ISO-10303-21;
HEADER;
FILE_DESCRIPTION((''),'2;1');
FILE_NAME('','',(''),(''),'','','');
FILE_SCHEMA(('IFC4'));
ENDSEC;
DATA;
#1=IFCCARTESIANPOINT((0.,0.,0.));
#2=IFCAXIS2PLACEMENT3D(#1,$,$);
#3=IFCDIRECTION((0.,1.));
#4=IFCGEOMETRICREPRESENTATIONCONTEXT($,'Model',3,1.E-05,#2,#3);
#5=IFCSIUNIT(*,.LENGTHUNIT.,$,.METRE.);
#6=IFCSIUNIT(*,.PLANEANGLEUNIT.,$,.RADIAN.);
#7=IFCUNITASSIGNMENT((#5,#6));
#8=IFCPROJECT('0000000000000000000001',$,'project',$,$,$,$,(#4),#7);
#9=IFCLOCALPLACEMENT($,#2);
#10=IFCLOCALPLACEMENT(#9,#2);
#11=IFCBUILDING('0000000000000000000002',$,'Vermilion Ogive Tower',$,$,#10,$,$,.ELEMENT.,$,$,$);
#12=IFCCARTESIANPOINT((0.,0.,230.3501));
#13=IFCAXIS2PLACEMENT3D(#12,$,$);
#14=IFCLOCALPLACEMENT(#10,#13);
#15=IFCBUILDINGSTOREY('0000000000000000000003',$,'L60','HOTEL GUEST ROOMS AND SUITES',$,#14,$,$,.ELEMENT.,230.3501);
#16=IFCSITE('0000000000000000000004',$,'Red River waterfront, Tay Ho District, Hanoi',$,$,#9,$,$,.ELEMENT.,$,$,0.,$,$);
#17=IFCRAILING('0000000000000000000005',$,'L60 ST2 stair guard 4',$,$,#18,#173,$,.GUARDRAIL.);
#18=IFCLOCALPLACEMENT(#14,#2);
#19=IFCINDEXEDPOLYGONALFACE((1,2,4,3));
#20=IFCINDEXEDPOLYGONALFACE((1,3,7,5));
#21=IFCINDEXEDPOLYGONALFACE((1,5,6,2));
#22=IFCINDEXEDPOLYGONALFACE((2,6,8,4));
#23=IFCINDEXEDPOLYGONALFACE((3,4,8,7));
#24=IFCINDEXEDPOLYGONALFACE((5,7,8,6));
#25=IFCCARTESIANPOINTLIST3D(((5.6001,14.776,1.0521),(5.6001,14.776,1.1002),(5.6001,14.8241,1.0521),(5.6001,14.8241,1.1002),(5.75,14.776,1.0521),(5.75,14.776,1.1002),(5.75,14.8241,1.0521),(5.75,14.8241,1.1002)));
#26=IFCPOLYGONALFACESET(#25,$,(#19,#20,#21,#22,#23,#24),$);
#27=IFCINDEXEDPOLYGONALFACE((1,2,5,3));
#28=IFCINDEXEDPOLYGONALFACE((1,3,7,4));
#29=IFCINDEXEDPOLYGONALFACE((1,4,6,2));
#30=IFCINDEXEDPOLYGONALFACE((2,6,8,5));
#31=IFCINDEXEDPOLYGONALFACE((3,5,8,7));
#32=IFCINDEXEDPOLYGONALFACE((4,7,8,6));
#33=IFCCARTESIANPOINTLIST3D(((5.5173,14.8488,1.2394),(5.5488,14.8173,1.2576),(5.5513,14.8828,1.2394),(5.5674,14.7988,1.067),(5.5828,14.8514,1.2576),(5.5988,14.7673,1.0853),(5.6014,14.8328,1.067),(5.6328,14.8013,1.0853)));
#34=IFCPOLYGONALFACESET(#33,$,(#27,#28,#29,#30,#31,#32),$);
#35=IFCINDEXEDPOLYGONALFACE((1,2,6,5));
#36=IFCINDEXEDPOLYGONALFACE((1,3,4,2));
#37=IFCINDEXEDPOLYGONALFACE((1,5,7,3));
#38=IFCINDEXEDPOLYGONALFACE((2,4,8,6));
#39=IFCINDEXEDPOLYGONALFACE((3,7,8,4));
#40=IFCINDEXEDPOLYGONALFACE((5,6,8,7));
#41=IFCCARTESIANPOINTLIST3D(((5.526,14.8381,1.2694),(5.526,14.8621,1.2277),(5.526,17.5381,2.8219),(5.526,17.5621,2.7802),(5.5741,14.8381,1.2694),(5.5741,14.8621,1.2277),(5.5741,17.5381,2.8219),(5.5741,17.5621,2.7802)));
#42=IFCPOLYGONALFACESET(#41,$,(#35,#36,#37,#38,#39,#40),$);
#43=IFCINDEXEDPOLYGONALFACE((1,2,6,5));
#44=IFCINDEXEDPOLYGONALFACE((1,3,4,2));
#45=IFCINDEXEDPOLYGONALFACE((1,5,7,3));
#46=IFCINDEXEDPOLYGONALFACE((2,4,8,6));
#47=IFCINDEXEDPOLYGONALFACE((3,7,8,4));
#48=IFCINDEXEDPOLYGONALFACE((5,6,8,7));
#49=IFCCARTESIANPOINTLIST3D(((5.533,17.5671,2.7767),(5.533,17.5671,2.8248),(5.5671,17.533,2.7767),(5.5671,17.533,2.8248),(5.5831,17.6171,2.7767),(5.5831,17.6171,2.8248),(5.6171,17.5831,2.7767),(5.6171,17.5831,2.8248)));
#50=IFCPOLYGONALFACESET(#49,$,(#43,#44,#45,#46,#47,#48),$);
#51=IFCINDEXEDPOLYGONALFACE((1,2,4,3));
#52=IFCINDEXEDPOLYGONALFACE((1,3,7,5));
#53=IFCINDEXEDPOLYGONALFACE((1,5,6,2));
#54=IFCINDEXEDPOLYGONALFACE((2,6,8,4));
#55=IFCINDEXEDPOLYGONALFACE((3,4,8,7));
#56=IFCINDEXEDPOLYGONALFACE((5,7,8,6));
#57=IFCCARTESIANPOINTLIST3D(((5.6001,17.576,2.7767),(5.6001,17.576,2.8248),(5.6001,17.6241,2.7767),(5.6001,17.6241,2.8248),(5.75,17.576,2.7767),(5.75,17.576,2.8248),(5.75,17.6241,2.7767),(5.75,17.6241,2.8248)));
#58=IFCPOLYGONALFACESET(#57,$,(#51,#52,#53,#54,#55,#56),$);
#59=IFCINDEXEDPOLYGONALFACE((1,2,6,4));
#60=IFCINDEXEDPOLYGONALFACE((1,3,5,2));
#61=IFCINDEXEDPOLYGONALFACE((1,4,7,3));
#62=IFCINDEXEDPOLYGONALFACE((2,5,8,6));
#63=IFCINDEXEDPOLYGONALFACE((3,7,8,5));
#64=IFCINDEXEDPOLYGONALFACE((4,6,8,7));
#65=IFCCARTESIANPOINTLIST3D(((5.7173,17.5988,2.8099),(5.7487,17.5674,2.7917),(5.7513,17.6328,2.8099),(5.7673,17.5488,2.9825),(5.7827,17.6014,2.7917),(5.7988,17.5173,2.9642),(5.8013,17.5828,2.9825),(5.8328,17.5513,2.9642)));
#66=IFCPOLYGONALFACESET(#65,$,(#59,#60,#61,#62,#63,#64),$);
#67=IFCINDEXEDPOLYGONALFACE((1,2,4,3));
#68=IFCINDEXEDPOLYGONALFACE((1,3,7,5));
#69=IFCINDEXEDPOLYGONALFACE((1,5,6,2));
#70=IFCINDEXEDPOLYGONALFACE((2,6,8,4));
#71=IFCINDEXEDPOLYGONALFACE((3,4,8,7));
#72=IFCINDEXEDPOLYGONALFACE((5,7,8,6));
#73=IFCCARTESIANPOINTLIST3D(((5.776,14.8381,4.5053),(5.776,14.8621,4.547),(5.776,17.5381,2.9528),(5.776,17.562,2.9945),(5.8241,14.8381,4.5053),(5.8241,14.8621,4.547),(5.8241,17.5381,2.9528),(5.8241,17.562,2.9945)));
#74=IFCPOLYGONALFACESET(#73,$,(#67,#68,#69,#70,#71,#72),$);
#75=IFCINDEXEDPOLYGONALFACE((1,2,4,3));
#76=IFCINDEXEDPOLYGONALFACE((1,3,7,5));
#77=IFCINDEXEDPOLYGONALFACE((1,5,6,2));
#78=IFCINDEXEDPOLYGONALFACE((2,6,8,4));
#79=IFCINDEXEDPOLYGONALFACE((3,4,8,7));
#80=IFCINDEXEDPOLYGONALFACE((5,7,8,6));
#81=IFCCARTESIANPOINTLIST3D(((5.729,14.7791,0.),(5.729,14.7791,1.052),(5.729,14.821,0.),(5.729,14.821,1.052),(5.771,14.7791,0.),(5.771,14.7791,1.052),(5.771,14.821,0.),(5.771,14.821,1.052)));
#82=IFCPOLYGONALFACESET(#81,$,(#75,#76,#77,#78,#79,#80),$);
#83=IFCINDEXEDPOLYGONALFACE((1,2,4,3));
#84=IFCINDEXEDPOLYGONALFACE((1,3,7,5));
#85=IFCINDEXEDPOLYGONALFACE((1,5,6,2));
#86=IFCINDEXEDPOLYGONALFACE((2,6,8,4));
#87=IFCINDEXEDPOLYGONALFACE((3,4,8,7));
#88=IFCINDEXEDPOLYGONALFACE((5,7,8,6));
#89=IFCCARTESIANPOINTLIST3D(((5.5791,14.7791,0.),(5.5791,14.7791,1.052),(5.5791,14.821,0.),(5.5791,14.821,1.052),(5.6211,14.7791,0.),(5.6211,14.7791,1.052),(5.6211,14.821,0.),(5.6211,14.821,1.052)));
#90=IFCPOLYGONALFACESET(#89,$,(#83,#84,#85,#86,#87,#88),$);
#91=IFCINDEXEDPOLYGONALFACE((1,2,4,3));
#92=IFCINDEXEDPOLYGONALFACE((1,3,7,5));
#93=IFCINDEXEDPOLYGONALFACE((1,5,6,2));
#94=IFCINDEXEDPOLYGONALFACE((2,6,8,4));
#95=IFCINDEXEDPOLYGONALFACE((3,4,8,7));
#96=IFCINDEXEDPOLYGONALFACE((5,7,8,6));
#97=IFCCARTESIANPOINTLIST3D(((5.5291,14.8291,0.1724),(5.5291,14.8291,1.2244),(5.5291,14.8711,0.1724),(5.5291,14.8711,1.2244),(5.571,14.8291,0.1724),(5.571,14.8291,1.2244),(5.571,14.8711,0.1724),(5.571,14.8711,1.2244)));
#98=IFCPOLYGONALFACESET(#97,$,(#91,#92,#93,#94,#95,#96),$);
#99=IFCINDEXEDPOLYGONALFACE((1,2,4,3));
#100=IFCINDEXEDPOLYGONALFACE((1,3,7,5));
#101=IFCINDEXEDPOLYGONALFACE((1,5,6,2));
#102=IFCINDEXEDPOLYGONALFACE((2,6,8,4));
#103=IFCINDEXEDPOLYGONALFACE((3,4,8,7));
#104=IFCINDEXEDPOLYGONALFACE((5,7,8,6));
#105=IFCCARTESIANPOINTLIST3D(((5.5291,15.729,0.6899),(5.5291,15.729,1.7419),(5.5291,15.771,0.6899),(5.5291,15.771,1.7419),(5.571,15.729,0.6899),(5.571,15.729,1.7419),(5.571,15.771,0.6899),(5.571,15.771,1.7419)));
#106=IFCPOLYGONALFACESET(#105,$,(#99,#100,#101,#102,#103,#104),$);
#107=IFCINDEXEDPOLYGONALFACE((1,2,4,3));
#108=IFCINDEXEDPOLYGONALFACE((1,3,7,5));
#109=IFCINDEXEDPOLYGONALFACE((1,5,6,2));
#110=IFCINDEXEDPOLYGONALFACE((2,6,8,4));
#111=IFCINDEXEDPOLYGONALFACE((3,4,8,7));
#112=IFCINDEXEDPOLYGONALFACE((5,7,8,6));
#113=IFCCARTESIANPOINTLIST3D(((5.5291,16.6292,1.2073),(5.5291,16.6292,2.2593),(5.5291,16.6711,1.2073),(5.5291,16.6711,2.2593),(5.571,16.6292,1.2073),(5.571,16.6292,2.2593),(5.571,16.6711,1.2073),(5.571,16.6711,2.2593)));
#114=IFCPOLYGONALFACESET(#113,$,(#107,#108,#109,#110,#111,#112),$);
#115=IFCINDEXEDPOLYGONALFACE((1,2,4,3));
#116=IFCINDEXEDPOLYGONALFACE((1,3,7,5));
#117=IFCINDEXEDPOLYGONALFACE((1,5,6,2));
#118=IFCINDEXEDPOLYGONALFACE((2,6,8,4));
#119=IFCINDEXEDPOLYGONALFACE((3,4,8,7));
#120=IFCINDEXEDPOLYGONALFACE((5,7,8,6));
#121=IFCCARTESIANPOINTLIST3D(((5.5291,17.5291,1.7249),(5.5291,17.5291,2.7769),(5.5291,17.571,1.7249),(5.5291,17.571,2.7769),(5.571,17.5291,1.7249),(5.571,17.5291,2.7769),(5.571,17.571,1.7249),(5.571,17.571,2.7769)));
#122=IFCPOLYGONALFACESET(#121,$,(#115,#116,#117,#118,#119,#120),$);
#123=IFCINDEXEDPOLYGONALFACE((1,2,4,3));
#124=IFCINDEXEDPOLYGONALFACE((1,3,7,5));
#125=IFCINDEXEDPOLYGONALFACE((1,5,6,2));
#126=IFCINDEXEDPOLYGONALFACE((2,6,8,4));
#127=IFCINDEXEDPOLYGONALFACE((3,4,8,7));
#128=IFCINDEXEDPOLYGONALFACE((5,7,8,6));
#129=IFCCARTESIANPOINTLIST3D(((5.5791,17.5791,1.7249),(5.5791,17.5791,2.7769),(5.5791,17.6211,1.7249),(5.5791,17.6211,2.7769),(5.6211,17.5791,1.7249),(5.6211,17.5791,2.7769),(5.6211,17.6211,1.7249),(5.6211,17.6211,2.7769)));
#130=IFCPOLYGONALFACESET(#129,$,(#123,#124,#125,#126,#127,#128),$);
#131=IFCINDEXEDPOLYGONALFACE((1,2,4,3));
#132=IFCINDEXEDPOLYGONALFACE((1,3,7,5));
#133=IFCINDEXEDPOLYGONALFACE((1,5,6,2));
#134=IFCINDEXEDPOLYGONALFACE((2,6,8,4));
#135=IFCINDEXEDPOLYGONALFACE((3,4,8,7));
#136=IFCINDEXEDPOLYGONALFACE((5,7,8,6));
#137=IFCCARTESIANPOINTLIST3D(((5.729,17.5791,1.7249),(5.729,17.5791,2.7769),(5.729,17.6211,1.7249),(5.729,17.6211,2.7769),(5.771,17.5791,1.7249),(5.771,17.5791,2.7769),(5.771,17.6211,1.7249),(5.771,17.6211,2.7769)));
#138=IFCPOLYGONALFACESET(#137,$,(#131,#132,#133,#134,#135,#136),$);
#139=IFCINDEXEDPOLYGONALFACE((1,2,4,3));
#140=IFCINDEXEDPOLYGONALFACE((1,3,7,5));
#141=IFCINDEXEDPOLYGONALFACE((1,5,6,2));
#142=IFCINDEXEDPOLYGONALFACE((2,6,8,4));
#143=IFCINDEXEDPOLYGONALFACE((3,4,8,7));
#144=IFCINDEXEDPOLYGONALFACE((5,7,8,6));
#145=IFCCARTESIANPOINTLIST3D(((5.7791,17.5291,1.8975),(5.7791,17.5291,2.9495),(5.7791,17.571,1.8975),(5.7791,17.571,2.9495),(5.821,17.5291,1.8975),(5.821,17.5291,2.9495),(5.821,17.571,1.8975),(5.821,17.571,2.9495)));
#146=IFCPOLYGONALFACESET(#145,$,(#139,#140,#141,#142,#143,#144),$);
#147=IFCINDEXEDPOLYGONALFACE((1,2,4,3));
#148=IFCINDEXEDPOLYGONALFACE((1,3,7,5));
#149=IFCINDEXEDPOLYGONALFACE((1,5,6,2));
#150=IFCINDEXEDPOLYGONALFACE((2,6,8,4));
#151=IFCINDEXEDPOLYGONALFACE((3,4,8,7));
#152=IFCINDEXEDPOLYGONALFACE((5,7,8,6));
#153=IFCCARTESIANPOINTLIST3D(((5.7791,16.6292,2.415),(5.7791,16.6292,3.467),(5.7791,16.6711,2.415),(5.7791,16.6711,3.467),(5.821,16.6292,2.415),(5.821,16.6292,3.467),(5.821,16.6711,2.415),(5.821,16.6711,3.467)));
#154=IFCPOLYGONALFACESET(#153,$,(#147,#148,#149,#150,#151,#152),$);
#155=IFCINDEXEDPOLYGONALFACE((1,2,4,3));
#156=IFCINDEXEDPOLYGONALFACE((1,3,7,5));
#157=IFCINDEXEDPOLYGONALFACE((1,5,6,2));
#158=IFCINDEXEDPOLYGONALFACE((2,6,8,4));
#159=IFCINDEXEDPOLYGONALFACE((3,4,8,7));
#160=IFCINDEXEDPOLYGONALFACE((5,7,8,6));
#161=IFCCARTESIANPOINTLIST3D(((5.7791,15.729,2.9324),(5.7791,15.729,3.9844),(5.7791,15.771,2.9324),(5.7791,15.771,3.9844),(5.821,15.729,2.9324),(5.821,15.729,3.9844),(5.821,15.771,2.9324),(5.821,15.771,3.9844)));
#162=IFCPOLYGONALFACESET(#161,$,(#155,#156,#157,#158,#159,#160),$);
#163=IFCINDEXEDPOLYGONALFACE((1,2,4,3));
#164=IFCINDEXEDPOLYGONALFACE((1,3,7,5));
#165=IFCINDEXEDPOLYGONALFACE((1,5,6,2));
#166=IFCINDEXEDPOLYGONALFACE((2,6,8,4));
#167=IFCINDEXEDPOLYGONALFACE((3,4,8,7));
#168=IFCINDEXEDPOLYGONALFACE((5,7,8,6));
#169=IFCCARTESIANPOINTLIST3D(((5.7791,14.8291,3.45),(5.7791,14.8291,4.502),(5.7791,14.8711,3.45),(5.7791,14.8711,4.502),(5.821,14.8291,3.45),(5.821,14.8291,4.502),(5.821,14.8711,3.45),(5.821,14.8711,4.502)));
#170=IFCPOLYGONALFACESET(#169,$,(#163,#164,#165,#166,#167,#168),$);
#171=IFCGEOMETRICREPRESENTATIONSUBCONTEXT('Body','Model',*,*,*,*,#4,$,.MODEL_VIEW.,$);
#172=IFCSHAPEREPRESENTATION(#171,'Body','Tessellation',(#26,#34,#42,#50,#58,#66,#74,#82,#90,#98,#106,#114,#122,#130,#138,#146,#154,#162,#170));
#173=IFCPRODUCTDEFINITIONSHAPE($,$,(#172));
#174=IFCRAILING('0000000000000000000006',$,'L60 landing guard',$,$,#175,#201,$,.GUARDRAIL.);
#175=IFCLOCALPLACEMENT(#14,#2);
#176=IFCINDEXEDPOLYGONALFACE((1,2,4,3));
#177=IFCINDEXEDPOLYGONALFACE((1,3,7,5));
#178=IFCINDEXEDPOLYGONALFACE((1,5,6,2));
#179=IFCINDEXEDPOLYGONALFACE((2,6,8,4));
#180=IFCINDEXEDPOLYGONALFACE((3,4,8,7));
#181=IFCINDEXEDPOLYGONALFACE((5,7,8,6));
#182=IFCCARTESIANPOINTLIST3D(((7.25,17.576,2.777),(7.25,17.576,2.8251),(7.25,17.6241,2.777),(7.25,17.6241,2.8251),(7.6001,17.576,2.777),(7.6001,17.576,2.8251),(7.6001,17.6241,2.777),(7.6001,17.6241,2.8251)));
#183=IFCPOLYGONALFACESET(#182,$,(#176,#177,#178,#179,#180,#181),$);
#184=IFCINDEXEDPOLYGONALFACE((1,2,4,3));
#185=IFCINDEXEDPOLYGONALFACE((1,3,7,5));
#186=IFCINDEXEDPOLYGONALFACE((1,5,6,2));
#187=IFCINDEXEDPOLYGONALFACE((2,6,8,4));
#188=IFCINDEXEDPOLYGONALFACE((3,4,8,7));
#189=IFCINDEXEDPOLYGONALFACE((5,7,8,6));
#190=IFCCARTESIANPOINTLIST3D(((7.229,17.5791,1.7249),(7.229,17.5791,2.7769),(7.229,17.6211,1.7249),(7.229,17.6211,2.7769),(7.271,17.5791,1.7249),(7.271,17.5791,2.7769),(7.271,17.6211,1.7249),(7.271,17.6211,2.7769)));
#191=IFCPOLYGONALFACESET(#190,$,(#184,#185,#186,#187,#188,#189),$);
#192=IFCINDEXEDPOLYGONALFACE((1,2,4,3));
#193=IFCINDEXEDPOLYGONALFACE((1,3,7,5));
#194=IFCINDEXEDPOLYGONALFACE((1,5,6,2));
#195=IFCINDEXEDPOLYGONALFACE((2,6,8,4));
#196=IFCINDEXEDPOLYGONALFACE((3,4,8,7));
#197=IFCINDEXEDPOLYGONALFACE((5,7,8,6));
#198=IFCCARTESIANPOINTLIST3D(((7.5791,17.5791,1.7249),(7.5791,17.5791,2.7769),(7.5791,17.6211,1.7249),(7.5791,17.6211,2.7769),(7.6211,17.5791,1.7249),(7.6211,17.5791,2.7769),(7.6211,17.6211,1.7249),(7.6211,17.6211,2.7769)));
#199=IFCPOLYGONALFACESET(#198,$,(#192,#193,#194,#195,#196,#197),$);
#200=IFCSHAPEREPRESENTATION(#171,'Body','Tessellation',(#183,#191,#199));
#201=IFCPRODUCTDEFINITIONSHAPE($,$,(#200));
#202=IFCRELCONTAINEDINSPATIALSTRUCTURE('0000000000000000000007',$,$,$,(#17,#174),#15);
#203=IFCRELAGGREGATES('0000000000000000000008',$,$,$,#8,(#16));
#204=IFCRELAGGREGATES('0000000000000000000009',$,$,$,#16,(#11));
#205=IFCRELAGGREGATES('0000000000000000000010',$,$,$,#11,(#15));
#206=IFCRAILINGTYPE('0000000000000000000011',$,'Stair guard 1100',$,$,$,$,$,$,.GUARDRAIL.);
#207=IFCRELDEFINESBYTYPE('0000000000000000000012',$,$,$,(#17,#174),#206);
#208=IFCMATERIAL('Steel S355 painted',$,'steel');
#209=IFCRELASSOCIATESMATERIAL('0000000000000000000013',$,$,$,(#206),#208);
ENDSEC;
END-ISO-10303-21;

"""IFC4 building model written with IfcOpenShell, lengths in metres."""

from ifc_helpers import new_model, si_unit, direction, frame, origin, origin_2d, place, context, subcontext, project, spatial, rectangle, extrude, material, type_object, element, save


model = new_model("IFC4")

# Units and contexts
model_context = context("Model", 3, precision=1e-05, world=origin(), true_north=direction((0.0, 1.0)))
body_context = subcontext(model_context, "Body", "Model", "MODEL_VIEW")
ifc_project = project(units=[si_unit("LENGTHUNIT", "METRE"), si_unit("PLANEANGLEUNIT", "RADIAN")], contexts=[model_context])

# Site, building, storey
site_placement = place(None, origin())
site = spatial("IfcSite", under=ifc_project, at=site_placement, Name="Red River waterfront, Tay Ho District, Hanoi", CompositionType="ELEMENT", RefElevation=0.0)
building_placement = place(site_placement, origin())
building = spatial("IfcBuilding", under=site, at=building_placement, Name="Vermilion Ogive Tower", CompositionType="ELEMENT")
storey_placement = place(building_placement, frame((0.0, 0.0, 230.3501)))
storey = spatial("IfcBuildingStorey", under=building, at=storey_placement, Name="L60", Description="HOTEL GUEST ROOMS AND SUITES", CompositionType="ELEMENT", Elevation=230.3501)

# Railings
ifc_material_1 = material(Name="Steel S355 painted", Category="steel")
railing_type_1 = type_object("IfcRailingType", Name="Stair guard 1100", PredefinedType="GUARDRAIL", material=ifc_material_1)
railing_1_placement = place(storey_placement, frame((5.75, 14.8, 0.0)))
element("IfcRailing", 1, at=railing_1_placement, inside=storey, type_object=railing_type_1, Name="L60 ST2 stair guard 4", PredefinedType="GUARDRAIL", context=body_context, shape_type="SweptSolid", body=[
    extrude(rectangle(XDim=0.0481, YDim=0.0481, at=origin_2d()), frame((0.0, 0.0, 1.0762), z_axis=(-1.0, 0.0, 0.0), x_axis=(0.0, -1.0, 0.0)), (0.0, 0.0, 1.0), 0.1499),
    extrude(rectangle(XDim=0.0481, YDim=0.0481, at=origin_2d()), frame((-0.1499, 0.0, 1.0762), z_axis=(-0.268603, 0.268603, 0.925043), x_axis=(-0.707107, -0.707107, 0.0)), (0.0, 0.0, 1.0), 0.1863),
    extrude(rectangle(XDim=0.0481, YDim=0.0481, at=origin_2d()), frame((-0.2, 0.05, 1.2485), z_axis=(0.0, 0.866904, 0.498476), x_axis=(-1.0, 0.0, 0.0)), (0.0, 0.0, 1.0), 3.1145),
    extrude(rectangle(XDim=0.0481, YDim=0.0481, at=origin_2d()), frame((-0.2, 2.75, 2.8008), z_axis=(0.707107, 0.707107, 0.0), x_axis=(-0.707107, 0.707107, 0.0)), (0.0, 0.0, 1.0), 0.0708),
    extrude(rectangle(XDim=0.0481, YDim=0.0481, at=origin_2d()), frame((-0.1499, 2.8, 2.8008), z_axis=(1.0, 0.0, 0.0), x_axis=(0.0, 1.0, 0.0)), (0.0, 0.0, 1.0), 0.1499),
    extrude(rectangle(XDim=0.0481, YDim=0.0481, at=origin_2d()), frame((0.0, 2.8, 2.8008), z_axis=(0.268278, -0.268278, 0.925232), x_axis=(0.707107, 0.707107, 0.0)), (0.0, 0.0, 1.0), 0.1865),
    extrude(rectangle(XDim=0.0481, YDim=0.0481, at=origin_2d()), frame((0.05, 2.75, 2.9736), z_axis=(0.0, -0.866904, 0.498476), x_axis=(1.0, 0.0, 0.0)), (0.0, 0.0, 1.0), 3.1145),
    extrude(rectangle(XDim=0.042, YDim=0.042, at=origin_2d()), origin(), (0.0, 0.0, 1.0), 1.052),
    extrude(rectangle(XDim=0.042, YDim=0.042, at=origin_2d()), frame((-0.1499, 0.0, 0.0)), (0.0, 0.0, 1.0), 1.052),
    extrude(rectangle(XDim=0.042, YDim=0.042, at=origin_2d()), frame((-0.2, 0.05, 0.1724)), (0.0, 0.0, 1.0), 1.052),
    extrude(rectangle(XDim=0.042, YDim=0.042, at=origin_2d()), frame((-0.2, 0.95, 0.6899)), (0.0, 0.0, 1.0), 1.052),
    extrude(rectangle(XDim=0.042, YDim=0.042, at=origin_2d()), frame((-0.2, 1.8501, 1.2073)), (0.0, 0.0, 1.0), 1.052),
    extrude(rectangle(XDim=0.042, YDim=0.042, at=origin_2d()), frame((-0.2, 2.75, 1.7249)), (0.0, 0.0, 1.0), 1.052),
    extrude(rectangle(XDim=0.042, YDim=0.042, at=origin_2d()), frame((-0.1499, 2.8, 1.7249)), (0.0, 0.0, 1.0), 1.052),
    extrude(rectangle(XDim=0.042, YDim=0.042, at=origin_2d()), frame((0.0, 2.8, 1.7249)), (0.0, 0.0, 1.0), 1.052),
    extrude(rectangle(XDim=0.042, YDim=0.042, at=origin_2d()), frame((0.05, 2.75, 1.8975)), (0.0, 0.0, 1.0), 1.052),
    extrude(rectangle(XDim=0.042, YDim=0.042, at=origin_2d()), frame((0.05, 1.8501, 2.415)), (0.0, 0.0, 1.0), 1.052),
    extrude(rectangle(XDim=0.042, YDim=0.042, at=origin_2d()), frame((0.05, 0.95, 2.9324)), (0.0, 0.0, 1.0), 1.052),
    extrude(rectangle(XDim=0.042, YDim=0.042, at=origin_2d()), frame((0.05, 0.05, 3.45)), (0.0, 0.0, 1.0), 1.052),
])
railing_2_placement = place(storey_placement, frame((7.25, 17.6001, 1.7249)))
element("IfcRailing", 2, at=railing_2_placement, inside=storey, type_object=railing_type_1, Name="L60 landing guard", PredefinedType="GUARDRAIL", context=body_context, shape_type="SweptSolid", body=[
    extrude(rectangle(XDim=0.0481, YDim=0.0481, at=origin_2d()), frame((0.0, 0.0, 1.0762), z_axis=(1.0, 0.0, 0.0), x_axis=(0.0, 1.0, 0.0)), (0.0, 0.0, 1.0), 0.3501),
    extrude(rectangle(XDim=0.042, YDim=0.042, at=origin_2d()), origin(), (0.0, 0.0, 1.0), 1.052),
    extrude(rectangle(XDim=0.042, YDim=0.042, at=origin_2d()), frame((0.3501, 0.0, 0.0)), (0.0, 0.0, 1.0), 1.052),
])

save(model, "model.ifc")
